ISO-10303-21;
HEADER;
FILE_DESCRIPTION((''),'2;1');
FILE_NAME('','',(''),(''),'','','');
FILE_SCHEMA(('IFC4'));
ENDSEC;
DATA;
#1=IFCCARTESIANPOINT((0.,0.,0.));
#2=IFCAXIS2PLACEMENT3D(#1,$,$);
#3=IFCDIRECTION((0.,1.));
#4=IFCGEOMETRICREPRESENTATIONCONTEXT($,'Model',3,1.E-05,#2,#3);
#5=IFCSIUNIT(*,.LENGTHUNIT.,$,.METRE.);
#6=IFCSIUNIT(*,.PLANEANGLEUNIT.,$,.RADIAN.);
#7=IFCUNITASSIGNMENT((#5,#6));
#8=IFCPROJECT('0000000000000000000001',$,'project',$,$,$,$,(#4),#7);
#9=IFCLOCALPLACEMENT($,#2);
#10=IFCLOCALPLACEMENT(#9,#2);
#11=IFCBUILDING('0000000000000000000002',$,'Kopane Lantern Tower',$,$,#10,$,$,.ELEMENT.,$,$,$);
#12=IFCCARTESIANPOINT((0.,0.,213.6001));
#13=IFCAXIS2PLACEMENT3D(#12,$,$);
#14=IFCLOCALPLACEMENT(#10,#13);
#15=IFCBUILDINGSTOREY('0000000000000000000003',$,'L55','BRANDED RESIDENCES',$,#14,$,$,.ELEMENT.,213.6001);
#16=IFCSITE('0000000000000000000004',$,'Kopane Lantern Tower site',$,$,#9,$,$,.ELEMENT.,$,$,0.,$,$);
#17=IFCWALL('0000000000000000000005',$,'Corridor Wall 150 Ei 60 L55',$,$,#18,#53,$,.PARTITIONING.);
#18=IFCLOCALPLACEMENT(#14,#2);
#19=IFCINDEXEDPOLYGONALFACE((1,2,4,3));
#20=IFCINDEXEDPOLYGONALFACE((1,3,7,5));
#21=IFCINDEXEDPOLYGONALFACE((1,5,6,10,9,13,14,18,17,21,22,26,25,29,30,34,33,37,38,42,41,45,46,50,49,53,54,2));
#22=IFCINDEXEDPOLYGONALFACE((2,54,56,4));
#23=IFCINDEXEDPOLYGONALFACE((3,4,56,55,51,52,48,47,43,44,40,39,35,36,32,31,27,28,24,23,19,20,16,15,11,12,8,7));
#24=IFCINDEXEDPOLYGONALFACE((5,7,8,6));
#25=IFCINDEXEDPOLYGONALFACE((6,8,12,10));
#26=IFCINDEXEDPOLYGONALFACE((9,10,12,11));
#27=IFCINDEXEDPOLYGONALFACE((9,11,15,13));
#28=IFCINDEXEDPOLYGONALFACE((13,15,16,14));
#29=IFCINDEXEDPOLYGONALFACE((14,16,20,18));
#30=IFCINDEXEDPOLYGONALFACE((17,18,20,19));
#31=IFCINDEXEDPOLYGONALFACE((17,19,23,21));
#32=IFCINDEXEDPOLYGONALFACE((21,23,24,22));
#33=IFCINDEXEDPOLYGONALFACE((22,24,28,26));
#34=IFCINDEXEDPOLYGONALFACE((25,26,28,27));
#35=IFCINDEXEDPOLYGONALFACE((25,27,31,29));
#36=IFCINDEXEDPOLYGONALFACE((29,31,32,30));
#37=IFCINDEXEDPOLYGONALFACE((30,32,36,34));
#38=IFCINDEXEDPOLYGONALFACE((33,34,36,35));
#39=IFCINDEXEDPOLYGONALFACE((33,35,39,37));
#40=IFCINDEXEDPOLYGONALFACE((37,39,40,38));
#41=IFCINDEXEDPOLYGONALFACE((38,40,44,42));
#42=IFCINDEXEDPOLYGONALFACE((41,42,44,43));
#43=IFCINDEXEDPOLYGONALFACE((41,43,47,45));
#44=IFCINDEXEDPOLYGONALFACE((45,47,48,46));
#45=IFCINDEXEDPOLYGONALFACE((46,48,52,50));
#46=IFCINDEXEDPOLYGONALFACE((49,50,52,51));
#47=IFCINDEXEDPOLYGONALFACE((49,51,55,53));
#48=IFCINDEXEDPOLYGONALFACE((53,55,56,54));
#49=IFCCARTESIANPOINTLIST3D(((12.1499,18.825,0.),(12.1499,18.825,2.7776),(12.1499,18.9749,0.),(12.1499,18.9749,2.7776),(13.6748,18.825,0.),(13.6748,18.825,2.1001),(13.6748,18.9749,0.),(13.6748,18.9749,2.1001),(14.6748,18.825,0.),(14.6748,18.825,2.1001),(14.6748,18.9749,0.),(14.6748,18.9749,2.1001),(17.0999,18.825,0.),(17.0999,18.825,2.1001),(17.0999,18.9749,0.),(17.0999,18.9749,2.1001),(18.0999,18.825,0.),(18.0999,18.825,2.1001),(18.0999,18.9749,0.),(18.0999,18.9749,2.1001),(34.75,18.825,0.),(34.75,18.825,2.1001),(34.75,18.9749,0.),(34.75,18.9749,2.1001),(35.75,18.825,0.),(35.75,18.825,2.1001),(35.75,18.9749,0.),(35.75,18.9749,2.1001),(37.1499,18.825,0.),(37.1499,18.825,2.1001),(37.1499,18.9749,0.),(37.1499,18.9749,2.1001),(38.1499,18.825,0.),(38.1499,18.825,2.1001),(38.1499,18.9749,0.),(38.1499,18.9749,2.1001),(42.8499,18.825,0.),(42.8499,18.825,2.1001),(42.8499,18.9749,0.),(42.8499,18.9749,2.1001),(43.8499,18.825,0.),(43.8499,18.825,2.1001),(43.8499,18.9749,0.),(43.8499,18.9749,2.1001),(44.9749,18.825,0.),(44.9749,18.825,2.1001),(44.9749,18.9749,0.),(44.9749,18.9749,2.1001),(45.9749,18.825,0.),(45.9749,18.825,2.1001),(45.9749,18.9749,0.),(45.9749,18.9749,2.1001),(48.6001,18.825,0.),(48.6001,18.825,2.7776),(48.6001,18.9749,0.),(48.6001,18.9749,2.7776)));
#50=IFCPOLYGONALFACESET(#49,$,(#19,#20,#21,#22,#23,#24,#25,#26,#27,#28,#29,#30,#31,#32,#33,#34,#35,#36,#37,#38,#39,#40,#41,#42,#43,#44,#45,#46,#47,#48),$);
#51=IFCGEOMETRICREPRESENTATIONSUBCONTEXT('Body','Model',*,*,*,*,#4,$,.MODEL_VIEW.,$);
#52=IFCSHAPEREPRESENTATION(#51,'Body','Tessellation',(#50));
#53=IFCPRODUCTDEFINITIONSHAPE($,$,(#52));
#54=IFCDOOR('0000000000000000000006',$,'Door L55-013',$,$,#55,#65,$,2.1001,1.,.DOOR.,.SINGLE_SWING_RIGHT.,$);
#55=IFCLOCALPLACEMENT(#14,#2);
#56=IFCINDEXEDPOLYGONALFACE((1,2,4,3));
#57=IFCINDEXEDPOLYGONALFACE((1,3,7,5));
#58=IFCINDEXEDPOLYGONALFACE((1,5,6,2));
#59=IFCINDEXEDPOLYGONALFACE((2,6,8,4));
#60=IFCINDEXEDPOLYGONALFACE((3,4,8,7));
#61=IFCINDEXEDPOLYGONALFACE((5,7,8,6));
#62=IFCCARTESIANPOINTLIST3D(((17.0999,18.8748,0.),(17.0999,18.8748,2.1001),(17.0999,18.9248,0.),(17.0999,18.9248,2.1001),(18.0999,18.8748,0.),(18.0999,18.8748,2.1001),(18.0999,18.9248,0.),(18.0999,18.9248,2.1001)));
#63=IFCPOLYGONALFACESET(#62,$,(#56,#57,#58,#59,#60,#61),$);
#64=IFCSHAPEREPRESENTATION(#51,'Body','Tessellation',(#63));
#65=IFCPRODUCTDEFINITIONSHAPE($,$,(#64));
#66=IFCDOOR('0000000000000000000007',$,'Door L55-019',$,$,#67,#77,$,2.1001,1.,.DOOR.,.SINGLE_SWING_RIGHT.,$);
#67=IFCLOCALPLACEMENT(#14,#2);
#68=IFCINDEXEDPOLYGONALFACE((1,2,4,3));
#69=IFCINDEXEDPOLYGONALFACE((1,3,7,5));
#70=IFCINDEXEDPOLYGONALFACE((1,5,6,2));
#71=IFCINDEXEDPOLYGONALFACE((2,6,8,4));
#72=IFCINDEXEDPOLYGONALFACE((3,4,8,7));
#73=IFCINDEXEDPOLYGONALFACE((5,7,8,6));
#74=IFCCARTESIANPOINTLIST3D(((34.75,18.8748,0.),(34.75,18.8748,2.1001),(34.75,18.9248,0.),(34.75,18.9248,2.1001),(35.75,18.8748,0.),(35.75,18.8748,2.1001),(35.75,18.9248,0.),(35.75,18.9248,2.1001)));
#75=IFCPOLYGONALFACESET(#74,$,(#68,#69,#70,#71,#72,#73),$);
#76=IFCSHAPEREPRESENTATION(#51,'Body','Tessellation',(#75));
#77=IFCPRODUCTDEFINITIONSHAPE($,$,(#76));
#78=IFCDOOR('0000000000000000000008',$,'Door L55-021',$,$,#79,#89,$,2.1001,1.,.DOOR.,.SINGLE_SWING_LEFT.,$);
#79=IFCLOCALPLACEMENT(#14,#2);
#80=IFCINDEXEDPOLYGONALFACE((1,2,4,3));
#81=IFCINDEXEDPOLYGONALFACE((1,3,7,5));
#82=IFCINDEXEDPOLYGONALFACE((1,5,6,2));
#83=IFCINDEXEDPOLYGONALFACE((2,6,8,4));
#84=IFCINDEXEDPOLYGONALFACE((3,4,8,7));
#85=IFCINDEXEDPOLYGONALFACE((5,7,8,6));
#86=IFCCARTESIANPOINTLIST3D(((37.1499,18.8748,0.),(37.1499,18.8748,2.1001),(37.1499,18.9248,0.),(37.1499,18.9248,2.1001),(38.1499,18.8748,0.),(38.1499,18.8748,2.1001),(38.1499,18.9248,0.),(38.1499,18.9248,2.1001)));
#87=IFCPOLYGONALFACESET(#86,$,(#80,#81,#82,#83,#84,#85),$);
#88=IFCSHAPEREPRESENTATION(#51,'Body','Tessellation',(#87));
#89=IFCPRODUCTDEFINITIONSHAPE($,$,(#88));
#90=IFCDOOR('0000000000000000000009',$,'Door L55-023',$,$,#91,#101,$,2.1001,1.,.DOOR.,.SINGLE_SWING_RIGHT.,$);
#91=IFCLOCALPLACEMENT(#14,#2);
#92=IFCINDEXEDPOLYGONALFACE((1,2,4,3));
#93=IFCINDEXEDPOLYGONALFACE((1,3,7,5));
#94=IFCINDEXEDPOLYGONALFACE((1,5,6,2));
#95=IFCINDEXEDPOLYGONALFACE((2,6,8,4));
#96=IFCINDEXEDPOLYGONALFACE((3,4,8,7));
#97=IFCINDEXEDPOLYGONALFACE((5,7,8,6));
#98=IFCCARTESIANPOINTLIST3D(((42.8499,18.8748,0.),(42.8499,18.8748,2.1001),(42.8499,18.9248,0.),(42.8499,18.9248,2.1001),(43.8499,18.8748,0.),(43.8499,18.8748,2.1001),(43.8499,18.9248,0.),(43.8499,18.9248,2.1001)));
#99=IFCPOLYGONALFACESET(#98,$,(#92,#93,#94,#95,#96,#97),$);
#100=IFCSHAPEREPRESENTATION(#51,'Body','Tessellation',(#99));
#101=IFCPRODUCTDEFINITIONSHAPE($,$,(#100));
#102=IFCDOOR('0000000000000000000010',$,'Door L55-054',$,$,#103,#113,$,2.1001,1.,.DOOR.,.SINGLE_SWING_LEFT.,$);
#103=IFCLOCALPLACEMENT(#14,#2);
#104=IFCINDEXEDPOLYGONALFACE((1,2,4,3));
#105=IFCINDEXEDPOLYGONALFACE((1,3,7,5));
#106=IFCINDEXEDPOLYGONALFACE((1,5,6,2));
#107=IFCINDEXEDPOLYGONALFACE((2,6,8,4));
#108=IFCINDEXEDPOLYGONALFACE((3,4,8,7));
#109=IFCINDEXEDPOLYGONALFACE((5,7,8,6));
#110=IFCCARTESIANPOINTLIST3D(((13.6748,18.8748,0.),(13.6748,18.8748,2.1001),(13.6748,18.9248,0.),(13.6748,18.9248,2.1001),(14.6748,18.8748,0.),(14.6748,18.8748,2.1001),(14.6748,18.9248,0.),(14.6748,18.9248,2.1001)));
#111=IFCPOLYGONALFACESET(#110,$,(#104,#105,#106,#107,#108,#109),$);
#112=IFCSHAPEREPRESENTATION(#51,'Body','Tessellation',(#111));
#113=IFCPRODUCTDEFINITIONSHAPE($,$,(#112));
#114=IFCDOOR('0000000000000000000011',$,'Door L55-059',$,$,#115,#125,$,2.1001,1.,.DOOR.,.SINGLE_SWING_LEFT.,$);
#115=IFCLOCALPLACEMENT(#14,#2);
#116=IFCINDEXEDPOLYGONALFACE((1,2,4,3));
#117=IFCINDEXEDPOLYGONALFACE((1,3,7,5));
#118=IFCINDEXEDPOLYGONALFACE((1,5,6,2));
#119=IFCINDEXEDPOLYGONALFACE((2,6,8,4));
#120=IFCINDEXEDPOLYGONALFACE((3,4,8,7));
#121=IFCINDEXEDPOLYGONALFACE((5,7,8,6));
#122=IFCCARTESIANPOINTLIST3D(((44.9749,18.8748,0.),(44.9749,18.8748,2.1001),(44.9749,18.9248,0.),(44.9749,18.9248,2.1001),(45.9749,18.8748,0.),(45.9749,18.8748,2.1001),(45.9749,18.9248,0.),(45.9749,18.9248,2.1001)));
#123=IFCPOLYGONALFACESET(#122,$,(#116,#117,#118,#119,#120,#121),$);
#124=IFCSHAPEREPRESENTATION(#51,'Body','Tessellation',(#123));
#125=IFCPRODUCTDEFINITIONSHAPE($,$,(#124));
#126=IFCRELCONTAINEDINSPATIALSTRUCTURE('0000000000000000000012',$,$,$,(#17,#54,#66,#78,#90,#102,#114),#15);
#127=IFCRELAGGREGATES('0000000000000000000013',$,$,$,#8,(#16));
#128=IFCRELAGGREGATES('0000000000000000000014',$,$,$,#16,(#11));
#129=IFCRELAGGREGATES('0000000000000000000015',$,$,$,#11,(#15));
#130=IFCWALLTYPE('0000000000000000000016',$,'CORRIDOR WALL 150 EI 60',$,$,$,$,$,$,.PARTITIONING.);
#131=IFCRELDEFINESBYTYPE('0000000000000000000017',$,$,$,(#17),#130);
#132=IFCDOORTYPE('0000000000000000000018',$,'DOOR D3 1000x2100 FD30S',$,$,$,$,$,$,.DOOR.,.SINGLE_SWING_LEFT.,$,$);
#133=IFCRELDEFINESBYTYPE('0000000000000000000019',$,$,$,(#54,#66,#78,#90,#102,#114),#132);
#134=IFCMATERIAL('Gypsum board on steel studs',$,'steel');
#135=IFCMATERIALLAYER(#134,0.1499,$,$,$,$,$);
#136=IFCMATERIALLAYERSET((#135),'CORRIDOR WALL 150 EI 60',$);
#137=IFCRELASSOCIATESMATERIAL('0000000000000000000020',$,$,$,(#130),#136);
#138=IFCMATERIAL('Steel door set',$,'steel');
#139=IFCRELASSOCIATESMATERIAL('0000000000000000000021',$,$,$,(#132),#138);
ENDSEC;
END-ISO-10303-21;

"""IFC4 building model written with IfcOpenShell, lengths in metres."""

from ifc_helpers import new_model, si_unit, direction, frame, frame_2d, origin, place, context, subcontext, project, spatial, rectangle, extrude, material, layer, layer_set, type_object, element, fill, save


model = new_model("IFC4")

# Units and contexts
model_context = context("Model", 3, precision=1e-05, world=origin(), true_north=direction((0.0, 1.0)))
body_context = subcontext(model_context, "Body", "Model", "MODEL_VIEW")
ifc_project = project(units=[si_unit("LENGTHUNIT", "METRE"), si_unit("PLANEANGLEUNIT", "RADIAN")], contexts=[model_context])

# Site, building, storey
site_placement = place(None, origin())
site = spatial("IfcSite", under=ifc_project, at=site_placement, Name="Kopane Lantern Tower site", CompositionType="ELEMENT", RefElevation=0.0)
building_placement = place(site_placement, origin())
building = spatial("IfcBuilding", under=site, at=building_placement, Name="Kopane Lantern Tower", CompositionType="ELEMENT")
storey_placement = place(building_placement, frame((0.0, 0.0, 213.6001)))
storey = spatial("IfcBuildingStorey", under=building, at=storey_placement, Name="L55", Description="BRANDED RESIDENCES", CompositionType="ELEMENT", Elevation=213.6001)

# Wall, openings, doors
ifc_material_1 = material(Name="Gypsum board on steel studs", Category="steel")
ifc_layer_1 = layer(ifc_material_1, 0.1499)
ifc_layer_set_1 = layer_set([ifc_layer_1], Name="CORRIDOR WALL 150 EI 60")
wall_type_1 = type_object("IfcWallType", Name="CORRIDOR WALL 150 EI 60", PredefinedType="PARTITIONING", material=ifc_layer_set_1)
wall_1_placement = place(storey_placement, frame((12.1499, 18.8999, 0.0), z_axis=(0.0, 0.0, 1.0), x_axis=(1.0, 0.0, 0.0)))
wall_1 = element("IfcWall", 1, at=wall_1_placement, inside=storey, type_object=wall_type_1, Name="Corridor Wall 150 Ei 60 L55", PredefinedType="PARTITIONING", context=body_context, shape_type="SweptSolid", body=[
    extrude(rectangle(XDim=36.4502, YDim=0.1499, at=frame_2d((18.2251, 0.0))), origin(), (0.0, 0.0, 1.0), 2.7776),
])
opening_1_placement = place(wall_1_placement, frame((4.95, 0.0, 0.0)))
opening_1 = element("IfcOpeningElement", 2, at=opening_1_placement, cuts=wall_1, PredefinedType="OPENING", context=body_context, shape_type="SweptSolid", body=[
    extrude(rectangle(XDim=1.0, YDim=2.1001, at=frame_2d((0.5, 1.05))), frame((0.0, 0.085, 0.0), z_axis=(0.0, -1.0, 0.0), x_axis=(1.0, 0.0, 0.0)), (0.0, 0.0, 1.0), 0.1699),
])
opening_2_placement = place(wall_1_placement, frame((22.6001, 0.0, 0.0)))
opening_2 = element("IfcOpeningElement", 3, at=opening_2_placement, cuts=wall_1, PredefinedType="OPENING", context=body_context, shape_type="SweptSolid", body=[
    extrude(rectangle(XDim=1.0, YDim=2.1001, at=frame_2d((0.5, 1.05))), frame((0.0, 0.085, 0.0), z_axis=(0.0, -1.0, 0.0), x_axis=(1.0, 0.0, 0.0)), (0.0, 0.0, 1.0), 0.1699),
])
opening_3_placement = place(wall_1_placement, frame((25.0, 0.0, 0.0)))
opening_3 = element("IfcOpeningElement", 4, at=opening_3_placement, cuts=wall_1, PredefinedType="OPENING", context=body_context, shape_type="SweptSolid", body=[
    extrude(rectangle(XDim=1.0, YDim=2.1001, at=frame_2d((0.5, 1.05))), frame((0.0, 0.085, 0.0), z_axis=(0.0, -1.0, 0.0), x_axis=(1.0, 0.0, 0.0)), (0.0, 0.0, 1.0), 0.1699),
])
opening_4_placement = place(wall_1_placement, frame((30.7, 0.0, 0.0)))
opening_4 = element("IfcOpeningElement", 5, at=opening_4_placement, cuts=wall_1, PredefinedType="OPENING", context=body_context, shape_type="SweptSolid", body=[
    extrude(rectangle(XDim=1.0, YDim=2.1001, at=frame_2d((0.5, 1.05))), frame((0.0, 0.085, 0.0), z_axis=(0.0, -1.0, 0.0), x_axis=(1.0, 0.0, 0.0)), (0.0, 0.0, 1.0), 0.1699),
])
opening_5_placement = place(wall_1_placement, frame((1.5249, 0.0, 0.0)))
opening_5 = element("IfcOpeningElement", 6, at=opening_5_placement, cuts=wall_1, PredefinedType="OPENING", context=body_context, shape_type="SweptSolid", body=[
    extrude(rectangle(XDim=1.0, YDim=2.1001, at=frame_2d((0.5, 1.05))), frame((0.0, 0.085, 0.0), z_axis=(0.0, -1.0, 0.0), x_axis=(1.0, 0.0, 0.0)), (0.0, 0.0, 1.0), 0.1699),
])
opening_6_placement = place(wall_1_placement, frame((32.825, 0.0, 0.0)))
opening_6 = element("IfcOpeningElement", 7, at=opening_6_placement, cuts=wall_1, PredefinedType="OPENING", context=body_context, shape_type="SweptSolid", body=[
    extrude(rectangle(XDim=1.0, YDim=2.1001, at=frame_2d((0.5, 1.05))), frame((0.0, 0.085, 0.0), z_axis=(0.0, -1.0, 0.0), x_axis=(1.0, 0.0, 0.0)), (0.0, 0.0, 1.0), 0.1699),
])
ifc_material_2 = material(Name="Steel door set", Category="steel")
door_type_1 = type_object("IfcDoorType", Name="DOOR D3 1000x2100 FD30S", OperationType="SINGLE_SWING_LEFT", PredefinedType="DOOR", material=ifc_material_2)
door_1_placement = place(opening_1_placement, origin())
door_1 = element("IfcDoor", 8, at=door_1_placement, inside=storey, type_object=door_type_1, Name="Door L55-013", OperationType="SINGLE_SWING_RIGHT", OverallHeight=2.1001, OverallWidth=1.0, PredefinedType="DOOR", context=body_context, shape_type="SweptSolid", body=[
    extrude(rectangle(XDim=1.0, YDim=2.1001, at=frame_2d((0.5, 1.05))), frame((0.0, 0.0249, 0.0), z_axis=(0.0, -1.0, 0.0), x_axis=(1.0, 0.0, 0.0)), (0.0, 0.0, 1.0), 0.05),
])
fill(opening_1, door_1)
door_2_placement = place(opening_2_placement, origin())
door_2 = element("IfcDoor", 9, at=door_2_placement, inside=storey, type_object=door_type_1, Name="Door L55-019", OperationType="SINGLE_SWING_RIGHT", OverallHeight=2.1001, OverallWidth=1.0, PredefinedType="DOOR", context=body_context, shape_type="SweptSolid", body=[
    extrude(rectangle(XDim=1.0, YDim=2.1001, at=frame_2d((0.5, 1.05))), frame((0.0, 0.0249, 0.0), z_axis=(0.0, -1.0, 0.0), x_axis=(1.0, 0.0, 0.0)), (0.0, 0.0, 1.0), 0.05),
])
fill(opening_2, door_2)
door_3_placement = place(opening_3_placement, origin())
door_3 = element("IfcDoor", 10, at=door_3_placement, inside=storey, type_object=door_type_1, Name="Door L55-021", OperationType="SINGLE_SWING_LEFT", OverallHeight=2.1001, OverallWidth=1.0, PredefinedType="DOOR", context=body_context, shape_type="SweptSolid", body=[
    extrude(rectangle(XDim=1.0, YDim=2.1001, at=frame_2d((0.5, 1.05))), frame((0.0, 0.0249, 0.0), z_axis=(0.0, -1.0, 0.0), x_axis=(1.0, 0.0, 0.0)), (0.0, 0.0, 1.0), 0.05),
])
fill(opening_3, door_3)
door_4_placement = place(opening_4_placement, origin())
door_4 = element("IfcDoor", 11, at=door_4_placement, inside=storey, type_object=door_type_1, Name="Door L55-023", OperationType="SINGLE_SWING_RIGHT", OverallHeight=2.1001, OverallWidth=1.0, PredefinedType="DOOR", context=body_context, shape_type="SweptSolid", body=[
    extrude(rectangle(XDim=1.0, YDim=2.1001, at=frame_2d((0.5, 1.05))), frame((0.0, 0.0249, 0.0), z_axis=(0.0, -1.0, 0.0), x_axis=(1.0, 0.0, 0.0)), (0.0, 0.0, 1.0), 0.05),
])
fill(opening_4, door_4)
door_5_placement = place(opening_5_placement, origin())
door_5 = element("IfcDoor", 12, at=door_5_placement, inside=storey, type_object=door_type_1, Name="Door L55-054", OperationType="SINGLE_SWING_LEFT", OverallHeight=2.1001, OverallWidth=1.0, PredefinedType="DOOR", context=body_context, shape_type="SweptSolid", body=[
    extrude(rectangle(XDim=1.0, YDim=2.1001, at=frame_2d((0.5, 1.05))), frame((0.0, 0.0249, 0.0), z_axis=(0.0, -1.0, 0.0), x_axis=(1.0, 0.0, 0.0)), (0.0, 0.0, 1.0), 0.05),
])
fill(opening_5, door_5)
door_6_placement = place(opening_6_placement, origin())
door_6 = element("IfcDoor", 13, at=door_6_placement, inside=storey, type_object=door_type_1, Name="Door L55-059", OperationType="SINGLE_SWING_LEFT", OverallHeight=2.1001, OverallWidth=1.0, PredefinedType="DOOR", context=body_context, shape_type="SweptSolid", body=[
    extrude(rectangle(XDim=1.0, YDim=2.1001, at=frame_2d((0.5, 1.05))), frame((0.0, 0.0249, 0.0), z_axis=(0.0, -1.0, 0.0), x_axis=(1.0, 0.0, 0.0)), (0.0, 0.0, 1.0), 0.05),
])
fill(opening_6, door_6)

save(model, "model.ifc")
